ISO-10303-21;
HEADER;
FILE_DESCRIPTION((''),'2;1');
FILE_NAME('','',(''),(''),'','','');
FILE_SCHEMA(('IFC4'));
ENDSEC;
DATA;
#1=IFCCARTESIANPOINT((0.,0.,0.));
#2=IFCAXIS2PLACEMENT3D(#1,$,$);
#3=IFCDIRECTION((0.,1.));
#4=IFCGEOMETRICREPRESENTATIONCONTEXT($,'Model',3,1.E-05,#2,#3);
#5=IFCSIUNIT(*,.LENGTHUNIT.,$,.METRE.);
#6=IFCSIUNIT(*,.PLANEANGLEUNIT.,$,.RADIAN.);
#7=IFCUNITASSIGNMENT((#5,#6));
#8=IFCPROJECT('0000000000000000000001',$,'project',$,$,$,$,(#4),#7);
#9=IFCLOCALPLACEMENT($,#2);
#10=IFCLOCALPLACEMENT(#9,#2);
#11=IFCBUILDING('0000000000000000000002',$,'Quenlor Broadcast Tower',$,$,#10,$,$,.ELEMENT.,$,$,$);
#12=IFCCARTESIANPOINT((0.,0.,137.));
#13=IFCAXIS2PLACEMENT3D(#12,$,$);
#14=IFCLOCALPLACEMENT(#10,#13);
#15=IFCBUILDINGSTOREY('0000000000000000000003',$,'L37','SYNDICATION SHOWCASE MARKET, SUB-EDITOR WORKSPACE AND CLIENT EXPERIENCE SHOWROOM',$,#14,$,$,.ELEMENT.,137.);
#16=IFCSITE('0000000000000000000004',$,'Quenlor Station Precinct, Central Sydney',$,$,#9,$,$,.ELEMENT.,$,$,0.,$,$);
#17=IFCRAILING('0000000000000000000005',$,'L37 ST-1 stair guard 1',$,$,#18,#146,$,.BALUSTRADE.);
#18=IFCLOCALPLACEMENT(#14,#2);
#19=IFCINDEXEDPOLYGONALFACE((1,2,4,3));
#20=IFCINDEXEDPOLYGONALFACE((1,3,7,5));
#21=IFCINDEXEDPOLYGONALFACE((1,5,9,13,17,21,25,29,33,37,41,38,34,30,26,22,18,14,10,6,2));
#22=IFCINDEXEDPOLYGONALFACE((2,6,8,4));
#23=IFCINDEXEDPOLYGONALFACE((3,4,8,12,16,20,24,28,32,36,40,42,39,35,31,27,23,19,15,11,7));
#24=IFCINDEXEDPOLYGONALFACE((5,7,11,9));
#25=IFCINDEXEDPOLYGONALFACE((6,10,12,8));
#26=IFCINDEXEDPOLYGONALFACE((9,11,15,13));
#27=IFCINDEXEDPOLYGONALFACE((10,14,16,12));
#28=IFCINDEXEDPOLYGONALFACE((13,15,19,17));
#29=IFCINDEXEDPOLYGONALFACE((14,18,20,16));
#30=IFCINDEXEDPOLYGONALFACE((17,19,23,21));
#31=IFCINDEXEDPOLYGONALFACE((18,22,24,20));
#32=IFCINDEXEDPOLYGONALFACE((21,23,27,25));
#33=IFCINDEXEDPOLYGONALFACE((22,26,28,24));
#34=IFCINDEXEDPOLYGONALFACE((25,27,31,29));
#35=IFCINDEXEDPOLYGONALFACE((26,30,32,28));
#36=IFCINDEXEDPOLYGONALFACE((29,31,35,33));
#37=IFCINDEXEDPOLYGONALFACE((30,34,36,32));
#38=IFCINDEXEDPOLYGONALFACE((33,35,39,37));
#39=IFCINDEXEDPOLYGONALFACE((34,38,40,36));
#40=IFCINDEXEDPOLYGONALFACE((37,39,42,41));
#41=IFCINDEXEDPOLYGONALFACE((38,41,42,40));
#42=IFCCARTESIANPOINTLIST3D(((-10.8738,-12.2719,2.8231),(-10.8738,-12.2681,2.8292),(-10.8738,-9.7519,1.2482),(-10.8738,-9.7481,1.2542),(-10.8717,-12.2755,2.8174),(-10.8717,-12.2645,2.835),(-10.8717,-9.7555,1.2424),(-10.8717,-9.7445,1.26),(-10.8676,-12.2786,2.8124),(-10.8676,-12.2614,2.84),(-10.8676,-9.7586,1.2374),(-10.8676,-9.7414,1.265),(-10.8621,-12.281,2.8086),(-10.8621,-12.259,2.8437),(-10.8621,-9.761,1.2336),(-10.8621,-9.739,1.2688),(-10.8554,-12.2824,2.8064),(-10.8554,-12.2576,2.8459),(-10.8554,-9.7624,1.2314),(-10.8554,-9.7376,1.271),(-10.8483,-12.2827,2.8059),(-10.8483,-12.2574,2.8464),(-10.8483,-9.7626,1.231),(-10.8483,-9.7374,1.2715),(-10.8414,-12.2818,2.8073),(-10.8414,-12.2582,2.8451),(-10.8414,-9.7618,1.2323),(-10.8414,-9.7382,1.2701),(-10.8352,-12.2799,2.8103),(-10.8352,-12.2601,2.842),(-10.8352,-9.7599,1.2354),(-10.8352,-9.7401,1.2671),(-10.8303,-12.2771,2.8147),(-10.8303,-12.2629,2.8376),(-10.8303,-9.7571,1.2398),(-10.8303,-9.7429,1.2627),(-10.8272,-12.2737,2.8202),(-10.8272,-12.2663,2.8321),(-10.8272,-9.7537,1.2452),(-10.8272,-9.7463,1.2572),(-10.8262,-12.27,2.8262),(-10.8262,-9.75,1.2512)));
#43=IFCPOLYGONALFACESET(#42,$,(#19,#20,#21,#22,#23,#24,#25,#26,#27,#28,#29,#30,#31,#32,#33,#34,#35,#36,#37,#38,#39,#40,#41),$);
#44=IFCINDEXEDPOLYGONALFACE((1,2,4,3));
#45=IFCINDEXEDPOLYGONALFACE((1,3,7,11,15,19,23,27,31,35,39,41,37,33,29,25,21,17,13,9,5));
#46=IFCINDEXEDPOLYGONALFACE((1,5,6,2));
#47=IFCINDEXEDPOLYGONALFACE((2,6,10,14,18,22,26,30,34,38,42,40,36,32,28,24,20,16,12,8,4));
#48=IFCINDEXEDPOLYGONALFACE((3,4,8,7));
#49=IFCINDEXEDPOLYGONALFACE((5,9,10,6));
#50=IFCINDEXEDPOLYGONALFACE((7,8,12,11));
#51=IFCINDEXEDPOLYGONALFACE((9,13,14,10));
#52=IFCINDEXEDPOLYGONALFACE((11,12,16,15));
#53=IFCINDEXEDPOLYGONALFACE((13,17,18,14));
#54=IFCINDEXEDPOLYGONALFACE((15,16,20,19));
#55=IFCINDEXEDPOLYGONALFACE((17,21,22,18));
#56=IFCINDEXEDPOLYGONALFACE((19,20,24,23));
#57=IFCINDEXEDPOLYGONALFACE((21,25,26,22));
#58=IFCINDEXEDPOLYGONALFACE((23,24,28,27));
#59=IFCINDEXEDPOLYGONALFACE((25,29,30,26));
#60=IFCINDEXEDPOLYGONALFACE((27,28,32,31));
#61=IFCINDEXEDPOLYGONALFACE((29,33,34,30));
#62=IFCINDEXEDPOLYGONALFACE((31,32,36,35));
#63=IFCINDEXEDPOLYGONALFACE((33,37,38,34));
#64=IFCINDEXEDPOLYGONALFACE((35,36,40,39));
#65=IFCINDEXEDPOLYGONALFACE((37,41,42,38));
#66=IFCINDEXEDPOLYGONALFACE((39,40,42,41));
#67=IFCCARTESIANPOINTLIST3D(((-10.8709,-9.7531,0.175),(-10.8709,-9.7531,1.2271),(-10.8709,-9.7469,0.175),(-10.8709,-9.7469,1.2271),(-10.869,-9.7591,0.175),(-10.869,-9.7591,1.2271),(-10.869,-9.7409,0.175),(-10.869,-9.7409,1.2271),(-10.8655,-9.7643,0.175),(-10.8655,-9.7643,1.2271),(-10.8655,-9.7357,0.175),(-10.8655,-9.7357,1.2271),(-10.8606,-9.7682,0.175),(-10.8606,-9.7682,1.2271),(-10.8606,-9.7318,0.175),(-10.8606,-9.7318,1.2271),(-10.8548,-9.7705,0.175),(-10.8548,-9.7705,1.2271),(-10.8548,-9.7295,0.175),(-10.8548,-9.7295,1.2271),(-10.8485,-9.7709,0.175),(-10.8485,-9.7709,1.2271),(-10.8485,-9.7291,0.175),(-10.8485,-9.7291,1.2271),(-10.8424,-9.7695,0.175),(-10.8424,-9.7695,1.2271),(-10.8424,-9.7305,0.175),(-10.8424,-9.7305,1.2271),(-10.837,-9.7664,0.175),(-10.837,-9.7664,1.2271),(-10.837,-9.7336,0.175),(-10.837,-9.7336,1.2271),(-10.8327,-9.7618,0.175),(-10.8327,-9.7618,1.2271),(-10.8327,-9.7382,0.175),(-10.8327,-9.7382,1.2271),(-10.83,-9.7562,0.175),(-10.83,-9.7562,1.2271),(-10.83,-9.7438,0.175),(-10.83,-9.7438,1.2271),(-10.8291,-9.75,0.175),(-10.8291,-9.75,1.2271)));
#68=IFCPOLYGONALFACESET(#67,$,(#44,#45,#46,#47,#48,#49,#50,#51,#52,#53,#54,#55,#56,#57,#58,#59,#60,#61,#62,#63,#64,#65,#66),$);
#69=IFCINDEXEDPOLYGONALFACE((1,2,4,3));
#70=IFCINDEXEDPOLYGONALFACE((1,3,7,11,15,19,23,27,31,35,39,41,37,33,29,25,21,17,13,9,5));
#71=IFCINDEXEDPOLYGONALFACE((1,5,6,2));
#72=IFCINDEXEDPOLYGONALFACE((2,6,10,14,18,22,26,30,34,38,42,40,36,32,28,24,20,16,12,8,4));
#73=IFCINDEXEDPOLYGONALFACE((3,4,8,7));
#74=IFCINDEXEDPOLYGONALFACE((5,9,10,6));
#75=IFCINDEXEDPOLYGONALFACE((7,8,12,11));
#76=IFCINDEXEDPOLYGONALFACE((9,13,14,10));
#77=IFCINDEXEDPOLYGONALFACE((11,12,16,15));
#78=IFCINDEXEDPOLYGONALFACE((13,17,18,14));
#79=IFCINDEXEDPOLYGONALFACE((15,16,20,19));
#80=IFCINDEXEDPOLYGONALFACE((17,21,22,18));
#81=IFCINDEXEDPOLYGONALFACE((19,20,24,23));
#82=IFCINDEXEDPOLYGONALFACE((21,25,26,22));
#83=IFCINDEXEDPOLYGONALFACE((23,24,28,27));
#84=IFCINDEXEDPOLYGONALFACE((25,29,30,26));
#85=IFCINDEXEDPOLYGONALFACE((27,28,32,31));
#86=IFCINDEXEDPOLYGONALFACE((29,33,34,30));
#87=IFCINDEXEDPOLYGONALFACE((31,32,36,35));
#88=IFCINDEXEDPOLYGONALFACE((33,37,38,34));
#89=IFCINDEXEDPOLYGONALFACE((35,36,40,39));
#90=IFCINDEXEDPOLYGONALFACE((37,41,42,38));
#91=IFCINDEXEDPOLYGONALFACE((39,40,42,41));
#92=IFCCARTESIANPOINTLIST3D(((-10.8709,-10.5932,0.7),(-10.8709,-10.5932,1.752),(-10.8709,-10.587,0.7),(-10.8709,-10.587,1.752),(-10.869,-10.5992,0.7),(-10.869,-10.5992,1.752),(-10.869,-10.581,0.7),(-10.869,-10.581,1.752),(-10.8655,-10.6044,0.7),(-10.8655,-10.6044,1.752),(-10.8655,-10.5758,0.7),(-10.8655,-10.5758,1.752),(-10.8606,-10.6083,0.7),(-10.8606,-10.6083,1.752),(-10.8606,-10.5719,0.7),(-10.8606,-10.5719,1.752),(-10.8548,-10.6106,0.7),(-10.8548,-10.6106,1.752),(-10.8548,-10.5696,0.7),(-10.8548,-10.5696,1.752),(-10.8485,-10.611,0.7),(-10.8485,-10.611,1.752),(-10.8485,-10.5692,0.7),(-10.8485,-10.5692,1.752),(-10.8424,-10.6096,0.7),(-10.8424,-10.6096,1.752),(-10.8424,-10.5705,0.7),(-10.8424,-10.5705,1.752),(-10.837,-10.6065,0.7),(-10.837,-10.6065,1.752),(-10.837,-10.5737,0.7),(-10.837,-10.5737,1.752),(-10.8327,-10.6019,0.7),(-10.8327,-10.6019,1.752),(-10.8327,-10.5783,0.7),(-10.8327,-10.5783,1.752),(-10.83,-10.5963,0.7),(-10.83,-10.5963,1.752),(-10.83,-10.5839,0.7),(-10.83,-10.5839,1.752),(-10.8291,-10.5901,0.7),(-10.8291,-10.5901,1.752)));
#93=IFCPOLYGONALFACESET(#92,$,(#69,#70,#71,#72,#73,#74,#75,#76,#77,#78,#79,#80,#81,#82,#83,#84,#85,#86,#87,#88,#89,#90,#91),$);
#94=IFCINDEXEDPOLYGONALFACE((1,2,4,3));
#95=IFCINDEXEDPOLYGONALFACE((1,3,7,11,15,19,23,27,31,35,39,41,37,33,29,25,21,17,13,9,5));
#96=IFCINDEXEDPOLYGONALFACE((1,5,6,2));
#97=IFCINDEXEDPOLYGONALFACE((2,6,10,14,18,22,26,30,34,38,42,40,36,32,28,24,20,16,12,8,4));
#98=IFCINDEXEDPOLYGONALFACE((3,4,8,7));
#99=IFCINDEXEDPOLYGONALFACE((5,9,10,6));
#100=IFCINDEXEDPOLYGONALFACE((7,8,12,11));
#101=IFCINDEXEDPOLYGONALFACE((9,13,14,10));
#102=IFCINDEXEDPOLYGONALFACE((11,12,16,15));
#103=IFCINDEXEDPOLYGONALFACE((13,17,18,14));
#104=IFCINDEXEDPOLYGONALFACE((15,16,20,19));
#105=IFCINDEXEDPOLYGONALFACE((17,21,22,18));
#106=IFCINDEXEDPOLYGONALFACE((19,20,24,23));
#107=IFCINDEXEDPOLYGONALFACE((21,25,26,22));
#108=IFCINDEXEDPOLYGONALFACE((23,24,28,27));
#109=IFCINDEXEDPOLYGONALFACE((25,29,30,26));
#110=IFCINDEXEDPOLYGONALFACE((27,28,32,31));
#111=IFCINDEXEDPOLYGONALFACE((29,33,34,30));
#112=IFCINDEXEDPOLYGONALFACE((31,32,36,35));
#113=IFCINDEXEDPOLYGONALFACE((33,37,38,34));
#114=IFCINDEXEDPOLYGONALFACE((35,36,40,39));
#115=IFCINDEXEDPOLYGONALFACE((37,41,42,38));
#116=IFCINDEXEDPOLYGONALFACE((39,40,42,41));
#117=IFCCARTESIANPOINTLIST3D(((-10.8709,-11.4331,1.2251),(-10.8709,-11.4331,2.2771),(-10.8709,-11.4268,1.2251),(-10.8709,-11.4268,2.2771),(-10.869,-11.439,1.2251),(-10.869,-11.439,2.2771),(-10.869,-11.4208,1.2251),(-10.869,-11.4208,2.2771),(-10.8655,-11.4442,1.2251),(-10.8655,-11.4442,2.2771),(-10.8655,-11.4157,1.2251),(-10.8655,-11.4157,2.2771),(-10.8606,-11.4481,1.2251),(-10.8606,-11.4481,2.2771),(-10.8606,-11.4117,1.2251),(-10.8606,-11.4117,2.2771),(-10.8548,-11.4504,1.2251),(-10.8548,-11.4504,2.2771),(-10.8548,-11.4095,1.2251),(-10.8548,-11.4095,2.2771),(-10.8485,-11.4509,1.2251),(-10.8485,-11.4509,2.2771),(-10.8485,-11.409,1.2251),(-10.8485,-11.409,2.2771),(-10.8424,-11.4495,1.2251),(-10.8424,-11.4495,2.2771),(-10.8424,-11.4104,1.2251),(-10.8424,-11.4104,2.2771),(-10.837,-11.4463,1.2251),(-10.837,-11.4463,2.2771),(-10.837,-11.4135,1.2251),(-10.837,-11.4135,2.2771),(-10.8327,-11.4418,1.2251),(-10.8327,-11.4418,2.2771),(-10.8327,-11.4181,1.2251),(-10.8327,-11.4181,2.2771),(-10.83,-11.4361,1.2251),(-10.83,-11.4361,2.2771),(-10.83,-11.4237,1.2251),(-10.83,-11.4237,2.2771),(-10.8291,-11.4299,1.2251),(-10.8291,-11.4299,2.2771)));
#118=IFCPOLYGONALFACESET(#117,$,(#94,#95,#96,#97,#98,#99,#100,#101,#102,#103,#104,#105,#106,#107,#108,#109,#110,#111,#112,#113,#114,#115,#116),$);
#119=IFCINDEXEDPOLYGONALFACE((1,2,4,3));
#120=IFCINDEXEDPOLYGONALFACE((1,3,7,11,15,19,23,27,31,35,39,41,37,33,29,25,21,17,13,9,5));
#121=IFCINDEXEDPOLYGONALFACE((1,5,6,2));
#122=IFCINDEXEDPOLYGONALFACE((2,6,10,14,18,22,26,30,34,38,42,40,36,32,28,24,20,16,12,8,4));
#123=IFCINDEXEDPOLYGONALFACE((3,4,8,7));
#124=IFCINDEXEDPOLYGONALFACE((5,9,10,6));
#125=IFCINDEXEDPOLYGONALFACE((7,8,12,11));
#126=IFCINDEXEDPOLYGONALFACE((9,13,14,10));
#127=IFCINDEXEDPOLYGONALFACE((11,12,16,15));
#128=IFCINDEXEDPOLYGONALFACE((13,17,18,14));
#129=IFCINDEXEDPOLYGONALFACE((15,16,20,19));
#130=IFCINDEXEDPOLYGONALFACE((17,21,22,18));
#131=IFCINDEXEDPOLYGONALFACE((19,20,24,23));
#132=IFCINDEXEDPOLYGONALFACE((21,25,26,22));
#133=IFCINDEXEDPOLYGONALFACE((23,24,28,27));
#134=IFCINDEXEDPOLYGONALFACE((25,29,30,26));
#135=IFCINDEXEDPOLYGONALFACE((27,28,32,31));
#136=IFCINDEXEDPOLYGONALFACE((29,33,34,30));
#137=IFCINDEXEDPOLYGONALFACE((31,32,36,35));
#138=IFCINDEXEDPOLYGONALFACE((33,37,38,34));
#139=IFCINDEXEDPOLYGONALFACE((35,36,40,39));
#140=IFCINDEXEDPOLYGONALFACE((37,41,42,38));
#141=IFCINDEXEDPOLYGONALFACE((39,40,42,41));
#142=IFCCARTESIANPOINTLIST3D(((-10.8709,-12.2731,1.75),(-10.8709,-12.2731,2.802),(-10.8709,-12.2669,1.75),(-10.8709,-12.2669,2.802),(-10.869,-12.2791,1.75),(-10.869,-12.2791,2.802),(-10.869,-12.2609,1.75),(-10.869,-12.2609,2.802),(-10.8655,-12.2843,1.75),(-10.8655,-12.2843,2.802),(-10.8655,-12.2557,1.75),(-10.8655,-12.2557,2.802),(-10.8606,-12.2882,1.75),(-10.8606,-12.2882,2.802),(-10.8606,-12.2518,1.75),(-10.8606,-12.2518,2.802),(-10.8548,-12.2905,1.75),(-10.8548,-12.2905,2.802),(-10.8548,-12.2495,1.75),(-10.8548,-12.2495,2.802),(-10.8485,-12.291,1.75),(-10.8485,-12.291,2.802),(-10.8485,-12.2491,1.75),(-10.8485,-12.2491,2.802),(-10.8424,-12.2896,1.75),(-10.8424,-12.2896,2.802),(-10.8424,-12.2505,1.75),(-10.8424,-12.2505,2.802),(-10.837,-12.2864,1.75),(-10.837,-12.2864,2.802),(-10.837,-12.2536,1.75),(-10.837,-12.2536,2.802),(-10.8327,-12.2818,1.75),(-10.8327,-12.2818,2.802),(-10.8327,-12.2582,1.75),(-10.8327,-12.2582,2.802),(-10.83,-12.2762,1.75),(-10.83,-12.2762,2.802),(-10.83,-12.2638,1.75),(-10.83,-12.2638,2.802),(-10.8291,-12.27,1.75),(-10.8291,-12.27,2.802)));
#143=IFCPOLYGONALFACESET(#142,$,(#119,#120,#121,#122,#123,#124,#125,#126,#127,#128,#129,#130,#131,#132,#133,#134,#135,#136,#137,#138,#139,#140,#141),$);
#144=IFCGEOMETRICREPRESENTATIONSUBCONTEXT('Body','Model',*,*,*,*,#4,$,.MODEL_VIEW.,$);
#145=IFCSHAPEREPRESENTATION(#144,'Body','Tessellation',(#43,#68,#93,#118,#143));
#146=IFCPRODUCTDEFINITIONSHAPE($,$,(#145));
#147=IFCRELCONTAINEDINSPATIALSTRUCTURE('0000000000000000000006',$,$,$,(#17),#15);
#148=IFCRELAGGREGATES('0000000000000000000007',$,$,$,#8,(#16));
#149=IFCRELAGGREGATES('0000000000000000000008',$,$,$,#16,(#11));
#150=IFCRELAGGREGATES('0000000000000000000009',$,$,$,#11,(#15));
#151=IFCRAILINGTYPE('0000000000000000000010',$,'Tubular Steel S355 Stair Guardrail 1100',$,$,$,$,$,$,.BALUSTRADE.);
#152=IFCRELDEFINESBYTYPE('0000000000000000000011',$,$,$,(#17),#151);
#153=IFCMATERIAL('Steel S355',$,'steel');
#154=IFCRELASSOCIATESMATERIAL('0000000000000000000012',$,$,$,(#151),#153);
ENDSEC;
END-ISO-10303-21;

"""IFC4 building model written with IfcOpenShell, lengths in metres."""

from ifc_helpers import new_model, si_unit, direction, frame, origin, origin_2d, place, context, subcontext, project, spatial, circle, extrude, material, type_object, element, save


model = new_model("IFC4")

# Units and contexts
model_context = context("Model", 3, precision=1e-05, world=origin(), true_north=direction((0.0, 1.0)))
body_context = subcontext(model_context, "Body", "Model", "MODEL_VIEW")
ifc_project = project(units=[si_unit("LENGTHUNIT", "METRE"), si_unit("PLANEANGLEUNIT", "RADIAN")], contexts=[model_context])

# Site, building, storey
site_placement = place(None, origin())
site = spatial("IfcSite", under=ifc_project, at=site_placement, Name="Quenlor Station Precinct, Central Sydney", CompositionType="ELEMENT", RefElevation=0.0)
building_placement = place(site_placement, origin())
building = spatial("IfcBuilding", under=site, at=building_placement, Name="Quenlor Broadcast Tower", CompositionType="ELEMENT")
storey_placement = place(building_placement, frame((0.0, 0.0, 137.0)))
storey = spatial("IfcBuildingStorey", under=building, at=storey_placement, Name="L37", Description="SYNDICATION SHOWCASE MARKET, SUB-EDITOR WORKSPACE AND CLIENT EXPERIENCE SHOWROOM", CompositionType="ELEMENT", Elevation=137.0)

# Railing
ifc_material_1 = material(Name="Steel S355", Category="steel")
railing_type_1 = type_object("IfcRailingType", Name="Tubular Steel S355 Stair Guardrail 1100", PredefinedType="BALUSTRADE", material=ifc_material_1)
railing_1_placement = place(storey_placement, frame((-10.8501, -9.75, 0.175)))
element("IfcRailing", 1, at=railing_1_placement, inside=storey, type_object=railing_type_1, Name="L37 ST-1 stair guard 1", PredefinedType="BALUSTRADE", context=body_context, shape_type="SweptSolid", body=[
    extrude(circle(Radius=0.0239, at=origin_2d()), frame((0.0, 0.0, 1.0762), z_axis=(0.0, -0.848008, 0.529984), x_axis=(1.0, 0.0, 0.0)), (0.0, 0.0, 1.0), 2.9717),
    extrude(circle(Radius=0.021, at=origin_2d()), origin(), (0.0, 0.0, 1.0), 1.052),
    extrude(circle(Radius=0.021, at=origin_2d()), frame((0.0, -0.8401, 0.5249)), (0.0, 0.0, 1.0), 1.052),
    extrude(circle(Radius=0.021, at=origin_2d()), frame((0.0, -1.6799, 1.05)), (0.0, 0.0, 1.0), 1.052),
    extrude(circle(Radius=0.021, at=origin_2d()), frame((0.0, -2.52, 1.575)), (0.0, 0.0, 1.0), 1.052),
])

save(model, "model.ifc")
